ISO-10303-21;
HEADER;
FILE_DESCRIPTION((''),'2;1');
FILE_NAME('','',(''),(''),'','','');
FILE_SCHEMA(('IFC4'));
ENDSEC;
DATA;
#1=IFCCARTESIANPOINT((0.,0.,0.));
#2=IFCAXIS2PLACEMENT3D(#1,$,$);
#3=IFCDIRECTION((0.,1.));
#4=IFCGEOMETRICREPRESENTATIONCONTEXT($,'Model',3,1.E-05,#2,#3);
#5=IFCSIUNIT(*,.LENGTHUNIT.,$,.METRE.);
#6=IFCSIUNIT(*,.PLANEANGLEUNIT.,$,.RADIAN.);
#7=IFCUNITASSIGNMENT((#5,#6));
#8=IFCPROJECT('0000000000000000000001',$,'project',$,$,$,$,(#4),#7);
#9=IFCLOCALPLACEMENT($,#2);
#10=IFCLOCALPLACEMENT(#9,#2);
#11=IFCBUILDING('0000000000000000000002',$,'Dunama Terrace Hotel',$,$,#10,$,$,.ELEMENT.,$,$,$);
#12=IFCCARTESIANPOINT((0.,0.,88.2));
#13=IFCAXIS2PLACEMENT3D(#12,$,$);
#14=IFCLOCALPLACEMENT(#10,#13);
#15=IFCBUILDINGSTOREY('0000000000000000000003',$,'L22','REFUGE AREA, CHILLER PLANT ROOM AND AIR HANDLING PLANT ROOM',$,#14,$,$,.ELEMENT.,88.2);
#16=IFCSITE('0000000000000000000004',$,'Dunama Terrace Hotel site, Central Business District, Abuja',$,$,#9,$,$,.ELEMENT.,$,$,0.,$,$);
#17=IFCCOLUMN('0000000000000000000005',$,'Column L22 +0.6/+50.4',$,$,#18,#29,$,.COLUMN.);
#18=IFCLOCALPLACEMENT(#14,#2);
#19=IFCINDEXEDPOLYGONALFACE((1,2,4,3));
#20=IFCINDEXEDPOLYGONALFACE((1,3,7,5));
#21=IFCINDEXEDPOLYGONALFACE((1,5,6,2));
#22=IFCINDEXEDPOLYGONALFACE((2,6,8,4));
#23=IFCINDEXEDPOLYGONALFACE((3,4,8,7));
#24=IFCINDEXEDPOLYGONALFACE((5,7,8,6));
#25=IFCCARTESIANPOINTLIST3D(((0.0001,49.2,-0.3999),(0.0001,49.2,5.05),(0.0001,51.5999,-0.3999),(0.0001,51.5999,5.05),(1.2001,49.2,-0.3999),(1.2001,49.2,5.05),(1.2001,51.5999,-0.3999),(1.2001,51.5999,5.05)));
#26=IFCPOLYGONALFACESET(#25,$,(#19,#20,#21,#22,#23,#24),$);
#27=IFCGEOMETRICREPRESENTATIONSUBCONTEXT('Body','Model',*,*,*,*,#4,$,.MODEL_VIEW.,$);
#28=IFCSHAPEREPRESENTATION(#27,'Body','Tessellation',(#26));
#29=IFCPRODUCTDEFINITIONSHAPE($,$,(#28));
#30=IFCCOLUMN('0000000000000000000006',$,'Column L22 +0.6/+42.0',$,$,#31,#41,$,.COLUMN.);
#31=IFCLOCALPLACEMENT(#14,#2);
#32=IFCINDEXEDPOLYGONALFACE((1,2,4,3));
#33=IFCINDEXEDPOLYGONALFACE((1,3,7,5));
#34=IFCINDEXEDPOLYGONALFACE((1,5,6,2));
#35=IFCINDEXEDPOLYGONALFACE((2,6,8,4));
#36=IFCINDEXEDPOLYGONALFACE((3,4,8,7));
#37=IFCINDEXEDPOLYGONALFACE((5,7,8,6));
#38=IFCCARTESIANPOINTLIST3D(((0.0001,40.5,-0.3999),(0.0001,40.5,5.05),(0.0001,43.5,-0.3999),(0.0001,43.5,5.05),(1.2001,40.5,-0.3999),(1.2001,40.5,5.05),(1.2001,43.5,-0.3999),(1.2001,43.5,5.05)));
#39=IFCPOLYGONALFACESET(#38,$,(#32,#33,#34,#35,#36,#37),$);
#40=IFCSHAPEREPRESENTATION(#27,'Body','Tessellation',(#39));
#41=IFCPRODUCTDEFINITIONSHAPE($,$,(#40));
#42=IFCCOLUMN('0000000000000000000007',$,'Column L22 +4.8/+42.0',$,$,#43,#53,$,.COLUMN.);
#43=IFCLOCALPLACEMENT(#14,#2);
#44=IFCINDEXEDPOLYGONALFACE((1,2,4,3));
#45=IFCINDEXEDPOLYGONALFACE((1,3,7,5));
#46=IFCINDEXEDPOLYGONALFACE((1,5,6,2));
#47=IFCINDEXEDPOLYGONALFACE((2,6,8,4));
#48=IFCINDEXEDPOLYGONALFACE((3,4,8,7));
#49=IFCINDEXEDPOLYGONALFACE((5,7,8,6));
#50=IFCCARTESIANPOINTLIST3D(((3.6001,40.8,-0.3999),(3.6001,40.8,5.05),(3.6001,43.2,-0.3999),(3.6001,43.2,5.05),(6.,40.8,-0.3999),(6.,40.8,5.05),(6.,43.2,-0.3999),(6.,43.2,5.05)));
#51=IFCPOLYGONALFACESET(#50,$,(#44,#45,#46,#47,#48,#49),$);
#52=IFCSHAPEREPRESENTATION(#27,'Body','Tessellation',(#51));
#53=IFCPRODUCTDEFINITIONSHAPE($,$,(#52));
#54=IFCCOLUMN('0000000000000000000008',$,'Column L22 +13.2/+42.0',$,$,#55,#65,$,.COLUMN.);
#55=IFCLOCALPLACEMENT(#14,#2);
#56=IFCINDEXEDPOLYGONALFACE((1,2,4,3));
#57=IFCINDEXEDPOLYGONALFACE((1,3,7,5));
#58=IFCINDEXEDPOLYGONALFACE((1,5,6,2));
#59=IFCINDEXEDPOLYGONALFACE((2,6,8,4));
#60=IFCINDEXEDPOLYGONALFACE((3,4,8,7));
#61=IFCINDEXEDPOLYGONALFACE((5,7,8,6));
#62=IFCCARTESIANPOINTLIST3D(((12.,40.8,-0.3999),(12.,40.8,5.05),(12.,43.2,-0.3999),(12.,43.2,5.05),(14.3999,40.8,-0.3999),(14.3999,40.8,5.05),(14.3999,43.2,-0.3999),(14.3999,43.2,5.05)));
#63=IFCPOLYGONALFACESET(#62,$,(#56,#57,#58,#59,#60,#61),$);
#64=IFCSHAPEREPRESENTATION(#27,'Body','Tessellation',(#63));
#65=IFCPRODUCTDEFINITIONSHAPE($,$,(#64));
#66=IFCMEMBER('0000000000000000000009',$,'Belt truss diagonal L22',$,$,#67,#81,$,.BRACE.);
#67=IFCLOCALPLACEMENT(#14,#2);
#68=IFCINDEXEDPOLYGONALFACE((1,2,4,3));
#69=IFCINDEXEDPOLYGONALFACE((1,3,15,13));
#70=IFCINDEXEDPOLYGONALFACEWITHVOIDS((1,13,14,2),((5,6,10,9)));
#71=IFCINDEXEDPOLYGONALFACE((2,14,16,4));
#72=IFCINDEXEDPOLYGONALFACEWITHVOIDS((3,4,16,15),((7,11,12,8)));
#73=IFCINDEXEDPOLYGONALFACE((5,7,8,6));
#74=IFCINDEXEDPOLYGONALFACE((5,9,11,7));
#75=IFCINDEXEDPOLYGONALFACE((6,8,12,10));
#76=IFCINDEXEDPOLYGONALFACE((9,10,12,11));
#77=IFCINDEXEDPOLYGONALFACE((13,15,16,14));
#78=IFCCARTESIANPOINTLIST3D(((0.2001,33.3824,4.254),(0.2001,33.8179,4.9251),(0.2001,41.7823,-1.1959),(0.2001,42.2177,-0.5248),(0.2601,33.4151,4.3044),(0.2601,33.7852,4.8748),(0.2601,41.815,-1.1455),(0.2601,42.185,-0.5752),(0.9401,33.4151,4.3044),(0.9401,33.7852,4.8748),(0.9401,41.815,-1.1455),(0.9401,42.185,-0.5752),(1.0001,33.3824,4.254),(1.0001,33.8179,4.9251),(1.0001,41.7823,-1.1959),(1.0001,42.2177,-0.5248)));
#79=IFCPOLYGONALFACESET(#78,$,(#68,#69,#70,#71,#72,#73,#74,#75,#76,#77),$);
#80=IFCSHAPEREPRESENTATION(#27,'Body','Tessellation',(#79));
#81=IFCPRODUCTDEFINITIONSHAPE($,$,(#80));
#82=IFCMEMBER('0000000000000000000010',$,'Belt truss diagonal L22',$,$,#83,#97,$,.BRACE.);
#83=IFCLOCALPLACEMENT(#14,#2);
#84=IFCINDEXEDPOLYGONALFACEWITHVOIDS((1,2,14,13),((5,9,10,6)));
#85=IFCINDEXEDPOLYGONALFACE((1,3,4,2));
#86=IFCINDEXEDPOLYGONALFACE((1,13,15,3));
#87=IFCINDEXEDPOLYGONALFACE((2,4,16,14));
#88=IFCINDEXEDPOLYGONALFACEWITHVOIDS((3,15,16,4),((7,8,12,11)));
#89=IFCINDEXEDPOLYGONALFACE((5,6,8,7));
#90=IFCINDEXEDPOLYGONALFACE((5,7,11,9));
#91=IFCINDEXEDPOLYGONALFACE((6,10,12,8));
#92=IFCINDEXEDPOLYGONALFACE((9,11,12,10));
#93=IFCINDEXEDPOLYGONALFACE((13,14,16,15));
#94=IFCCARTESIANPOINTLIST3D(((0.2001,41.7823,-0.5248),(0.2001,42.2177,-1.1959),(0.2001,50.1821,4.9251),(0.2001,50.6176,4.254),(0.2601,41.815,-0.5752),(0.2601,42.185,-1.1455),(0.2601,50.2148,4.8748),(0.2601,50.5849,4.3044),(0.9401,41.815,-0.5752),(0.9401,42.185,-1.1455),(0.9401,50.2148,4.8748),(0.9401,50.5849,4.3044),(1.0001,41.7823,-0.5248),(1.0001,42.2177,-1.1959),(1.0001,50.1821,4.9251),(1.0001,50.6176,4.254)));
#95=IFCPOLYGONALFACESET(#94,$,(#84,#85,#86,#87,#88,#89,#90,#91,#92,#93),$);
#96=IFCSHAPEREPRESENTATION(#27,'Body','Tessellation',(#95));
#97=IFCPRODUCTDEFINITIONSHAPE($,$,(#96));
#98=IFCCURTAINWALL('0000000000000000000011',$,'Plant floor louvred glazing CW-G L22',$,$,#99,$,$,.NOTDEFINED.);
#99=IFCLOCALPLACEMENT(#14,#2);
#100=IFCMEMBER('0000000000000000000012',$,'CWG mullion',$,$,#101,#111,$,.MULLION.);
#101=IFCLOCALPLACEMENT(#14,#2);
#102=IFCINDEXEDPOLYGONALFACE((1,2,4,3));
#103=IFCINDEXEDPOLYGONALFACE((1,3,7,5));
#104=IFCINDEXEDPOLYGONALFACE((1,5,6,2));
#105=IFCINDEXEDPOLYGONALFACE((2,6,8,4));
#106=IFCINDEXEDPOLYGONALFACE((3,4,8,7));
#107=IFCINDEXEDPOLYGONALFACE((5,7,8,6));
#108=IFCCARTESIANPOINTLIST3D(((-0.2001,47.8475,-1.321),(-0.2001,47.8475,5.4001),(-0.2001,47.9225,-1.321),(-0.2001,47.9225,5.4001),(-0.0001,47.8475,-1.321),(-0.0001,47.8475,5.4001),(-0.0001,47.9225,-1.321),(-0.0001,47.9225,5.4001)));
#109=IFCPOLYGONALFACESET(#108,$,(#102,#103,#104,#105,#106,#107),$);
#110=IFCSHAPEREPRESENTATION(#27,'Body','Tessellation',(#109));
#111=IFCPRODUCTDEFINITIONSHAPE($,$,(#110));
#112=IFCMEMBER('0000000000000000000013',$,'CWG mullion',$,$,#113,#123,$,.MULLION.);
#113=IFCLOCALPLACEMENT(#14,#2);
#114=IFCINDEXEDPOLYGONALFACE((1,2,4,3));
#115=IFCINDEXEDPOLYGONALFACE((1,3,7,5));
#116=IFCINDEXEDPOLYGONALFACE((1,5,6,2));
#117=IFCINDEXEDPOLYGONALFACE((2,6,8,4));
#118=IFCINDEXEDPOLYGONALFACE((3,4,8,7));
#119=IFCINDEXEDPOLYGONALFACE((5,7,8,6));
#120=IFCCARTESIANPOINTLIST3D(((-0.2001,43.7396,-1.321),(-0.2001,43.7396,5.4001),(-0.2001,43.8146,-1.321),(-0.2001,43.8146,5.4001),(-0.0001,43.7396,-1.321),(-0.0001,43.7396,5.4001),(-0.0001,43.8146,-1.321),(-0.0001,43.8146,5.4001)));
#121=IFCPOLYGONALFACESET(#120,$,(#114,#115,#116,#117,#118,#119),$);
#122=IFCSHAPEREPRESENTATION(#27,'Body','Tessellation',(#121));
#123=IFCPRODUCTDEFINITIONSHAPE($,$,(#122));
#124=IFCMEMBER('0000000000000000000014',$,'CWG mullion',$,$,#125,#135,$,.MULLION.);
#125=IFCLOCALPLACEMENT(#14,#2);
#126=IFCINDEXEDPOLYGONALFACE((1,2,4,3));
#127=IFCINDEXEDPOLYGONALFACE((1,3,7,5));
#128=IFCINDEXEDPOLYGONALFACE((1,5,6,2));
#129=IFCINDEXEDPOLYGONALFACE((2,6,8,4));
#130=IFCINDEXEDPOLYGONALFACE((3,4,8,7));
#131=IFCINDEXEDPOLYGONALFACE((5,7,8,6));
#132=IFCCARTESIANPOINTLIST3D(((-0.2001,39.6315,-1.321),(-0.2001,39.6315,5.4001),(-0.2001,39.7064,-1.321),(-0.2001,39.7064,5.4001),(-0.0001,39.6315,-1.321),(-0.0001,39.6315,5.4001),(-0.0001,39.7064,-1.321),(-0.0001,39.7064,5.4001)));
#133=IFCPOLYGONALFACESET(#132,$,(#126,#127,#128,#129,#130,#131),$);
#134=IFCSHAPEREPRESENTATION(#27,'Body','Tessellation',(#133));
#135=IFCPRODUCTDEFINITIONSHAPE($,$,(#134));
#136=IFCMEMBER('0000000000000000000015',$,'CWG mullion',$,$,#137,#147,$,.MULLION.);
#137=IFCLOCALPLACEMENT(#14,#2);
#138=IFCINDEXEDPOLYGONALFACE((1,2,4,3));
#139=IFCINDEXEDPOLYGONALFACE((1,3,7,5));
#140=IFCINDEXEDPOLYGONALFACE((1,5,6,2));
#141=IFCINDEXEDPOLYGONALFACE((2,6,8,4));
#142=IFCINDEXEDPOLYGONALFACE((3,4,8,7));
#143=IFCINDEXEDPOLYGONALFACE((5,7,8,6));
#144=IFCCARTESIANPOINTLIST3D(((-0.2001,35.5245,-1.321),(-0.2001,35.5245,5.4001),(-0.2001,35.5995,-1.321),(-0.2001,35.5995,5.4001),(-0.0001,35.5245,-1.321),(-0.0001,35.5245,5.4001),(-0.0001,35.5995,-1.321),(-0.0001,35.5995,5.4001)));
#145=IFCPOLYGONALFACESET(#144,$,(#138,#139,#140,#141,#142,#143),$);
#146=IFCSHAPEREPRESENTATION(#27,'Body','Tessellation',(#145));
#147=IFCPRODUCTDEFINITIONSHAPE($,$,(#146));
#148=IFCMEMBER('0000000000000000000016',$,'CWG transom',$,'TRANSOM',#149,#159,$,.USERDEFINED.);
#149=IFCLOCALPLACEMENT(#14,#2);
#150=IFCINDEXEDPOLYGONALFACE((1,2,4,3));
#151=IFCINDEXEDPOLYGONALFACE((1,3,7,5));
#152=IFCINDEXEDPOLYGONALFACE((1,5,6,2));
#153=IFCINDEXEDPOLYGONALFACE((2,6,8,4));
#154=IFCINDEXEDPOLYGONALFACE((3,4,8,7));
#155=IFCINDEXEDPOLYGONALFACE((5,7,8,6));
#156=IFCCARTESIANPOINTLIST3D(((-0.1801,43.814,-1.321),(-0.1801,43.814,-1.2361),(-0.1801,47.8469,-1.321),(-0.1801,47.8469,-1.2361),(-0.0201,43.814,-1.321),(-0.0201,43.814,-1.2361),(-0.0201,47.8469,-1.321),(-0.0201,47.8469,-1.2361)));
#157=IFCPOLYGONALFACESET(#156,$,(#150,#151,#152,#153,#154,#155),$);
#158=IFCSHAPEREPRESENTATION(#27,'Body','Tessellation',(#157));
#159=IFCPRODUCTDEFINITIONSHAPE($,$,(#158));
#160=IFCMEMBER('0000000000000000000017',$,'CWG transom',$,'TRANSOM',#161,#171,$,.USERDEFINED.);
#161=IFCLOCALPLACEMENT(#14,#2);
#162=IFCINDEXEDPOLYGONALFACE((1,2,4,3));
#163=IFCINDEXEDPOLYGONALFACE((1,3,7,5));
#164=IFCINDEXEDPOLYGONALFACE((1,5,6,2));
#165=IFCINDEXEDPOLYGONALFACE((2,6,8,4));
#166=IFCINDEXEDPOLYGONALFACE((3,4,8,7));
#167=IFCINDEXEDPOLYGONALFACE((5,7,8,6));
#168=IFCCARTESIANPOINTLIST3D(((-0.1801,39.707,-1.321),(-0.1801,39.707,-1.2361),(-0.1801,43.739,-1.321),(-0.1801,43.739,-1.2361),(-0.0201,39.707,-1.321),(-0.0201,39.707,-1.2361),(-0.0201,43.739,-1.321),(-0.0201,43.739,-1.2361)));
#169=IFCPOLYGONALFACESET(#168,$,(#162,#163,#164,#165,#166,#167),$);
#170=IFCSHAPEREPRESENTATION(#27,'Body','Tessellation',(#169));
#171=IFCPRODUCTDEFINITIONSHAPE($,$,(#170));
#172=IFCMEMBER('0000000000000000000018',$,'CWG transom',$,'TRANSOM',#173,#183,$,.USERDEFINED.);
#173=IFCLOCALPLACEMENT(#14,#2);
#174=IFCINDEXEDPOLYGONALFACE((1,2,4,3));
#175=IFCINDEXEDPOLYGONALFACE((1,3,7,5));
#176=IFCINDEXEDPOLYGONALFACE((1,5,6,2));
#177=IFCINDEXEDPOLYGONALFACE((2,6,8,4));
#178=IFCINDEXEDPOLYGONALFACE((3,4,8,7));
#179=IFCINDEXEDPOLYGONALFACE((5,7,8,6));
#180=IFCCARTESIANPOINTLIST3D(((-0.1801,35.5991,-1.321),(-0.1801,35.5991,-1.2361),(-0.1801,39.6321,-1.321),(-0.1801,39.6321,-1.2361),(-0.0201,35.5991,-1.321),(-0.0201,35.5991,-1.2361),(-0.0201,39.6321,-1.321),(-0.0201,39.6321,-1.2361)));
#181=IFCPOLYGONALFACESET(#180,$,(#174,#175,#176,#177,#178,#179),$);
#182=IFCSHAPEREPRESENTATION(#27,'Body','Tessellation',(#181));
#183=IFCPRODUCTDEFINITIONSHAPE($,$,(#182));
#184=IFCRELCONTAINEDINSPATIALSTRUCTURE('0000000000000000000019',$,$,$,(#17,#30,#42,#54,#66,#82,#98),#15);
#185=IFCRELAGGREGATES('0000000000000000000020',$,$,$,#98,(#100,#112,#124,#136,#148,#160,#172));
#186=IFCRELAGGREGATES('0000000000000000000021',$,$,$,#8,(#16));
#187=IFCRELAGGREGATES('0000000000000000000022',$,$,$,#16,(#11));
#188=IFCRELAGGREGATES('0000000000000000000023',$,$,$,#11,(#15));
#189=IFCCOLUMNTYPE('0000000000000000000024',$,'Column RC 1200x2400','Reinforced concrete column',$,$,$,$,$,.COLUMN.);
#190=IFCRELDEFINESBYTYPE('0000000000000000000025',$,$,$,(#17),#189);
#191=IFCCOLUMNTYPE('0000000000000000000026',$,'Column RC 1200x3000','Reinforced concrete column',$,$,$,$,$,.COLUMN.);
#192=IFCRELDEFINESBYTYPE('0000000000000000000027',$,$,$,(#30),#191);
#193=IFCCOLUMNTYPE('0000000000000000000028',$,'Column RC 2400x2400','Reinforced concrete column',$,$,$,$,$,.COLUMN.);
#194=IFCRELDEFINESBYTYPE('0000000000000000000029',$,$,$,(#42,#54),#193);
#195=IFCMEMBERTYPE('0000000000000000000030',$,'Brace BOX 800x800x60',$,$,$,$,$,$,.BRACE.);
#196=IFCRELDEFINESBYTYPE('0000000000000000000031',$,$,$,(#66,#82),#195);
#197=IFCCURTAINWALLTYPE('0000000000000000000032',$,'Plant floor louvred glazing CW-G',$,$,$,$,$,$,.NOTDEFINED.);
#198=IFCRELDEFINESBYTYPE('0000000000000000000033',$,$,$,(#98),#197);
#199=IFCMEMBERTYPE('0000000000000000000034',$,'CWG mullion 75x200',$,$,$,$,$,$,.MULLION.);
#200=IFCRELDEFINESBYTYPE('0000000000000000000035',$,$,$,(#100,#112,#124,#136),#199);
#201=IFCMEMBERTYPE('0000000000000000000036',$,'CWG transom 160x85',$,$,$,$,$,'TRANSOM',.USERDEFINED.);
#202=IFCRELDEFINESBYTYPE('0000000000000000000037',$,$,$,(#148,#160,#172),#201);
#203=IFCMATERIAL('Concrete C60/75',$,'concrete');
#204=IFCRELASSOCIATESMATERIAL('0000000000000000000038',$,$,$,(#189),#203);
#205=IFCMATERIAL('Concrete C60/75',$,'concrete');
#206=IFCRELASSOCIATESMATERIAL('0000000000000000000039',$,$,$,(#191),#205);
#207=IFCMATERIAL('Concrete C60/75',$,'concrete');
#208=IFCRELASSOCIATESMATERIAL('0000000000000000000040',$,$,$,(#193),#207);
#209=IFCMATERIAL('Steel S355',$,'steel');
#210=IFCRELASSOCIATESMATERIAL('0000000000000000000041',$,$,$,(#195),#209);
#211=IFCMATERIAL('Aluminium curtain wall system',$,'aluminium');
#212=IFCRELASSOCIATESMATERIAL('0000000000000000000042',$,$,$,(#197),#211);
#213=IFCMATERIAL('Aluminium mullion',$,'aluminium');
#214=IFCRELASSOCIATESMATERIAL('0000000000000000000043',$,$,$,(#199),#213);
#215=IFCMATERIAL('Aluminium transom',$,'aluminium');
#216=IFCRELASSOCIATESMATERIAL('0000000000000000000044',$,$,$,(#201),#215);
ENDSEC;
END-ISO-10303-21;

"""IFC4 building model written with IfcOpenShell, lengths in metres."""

from ifc_helpers import new_model, si_unit, direction, frame, origin, origin_2d, place, context, subcontext, project, spatial, rectangle, hollow_rectangle, extrude, material, material_profile, profile_set, type_object, element, aggregate, save


model = new_model("IFC4")

# Units and contexts
model_context = context("Model", 3, precision=1e-05, world=origin(), true_north=direction((0.0, 1.0)))
body_context = subcontext(model_context, "Body", "Model", "MODEL_VIEW")
ifc_project = project(units=[si_unit("LENGTHUNIT", "METRE"), si_unit("PLANEANGLEUNIT", "RADIAN")], contexts=[model_context])

# Site, building, storey
site_placement = place(None, origin())
site = spatial("IfcSite", under=ifc_project, at=site_placement, Name="Dunama Terrace Hotel site, Central Business District, Abuja", CompositionType="ELEMENT", RefElevation=0.0)
building_placement = place(site_placement, origin())
building = spatial("IfcBuilding", under=site, at=building_placement, Name="Dunama Terrace Hotel", CompositionType="ELEMENT")
storey_placement = place(building_placement, frame((0.0, 0.0, 88.2)))
storey = spatial("IfcBuildingStorey", under=building, at=storey_placement, Name="L22", Description="REFUGE AREA, CHILLER PLANT ROOM AND AIR HANDLING PLANT ROOM", CompositionType="ELEMENT", Elevation=88.2)

# Columns
ifc_material_1 = material(Name="Concrete C60/75", Category="concrete")
ifc_material_profile_1 = material_profile(ifc_material_1, rectangle(XDim=1.2, YDim=2.3999, at=origin_2d()), Name="RC 1200x2400")
ifc_profile_set_1 = profile_set([ifc_material_profile_1], Name="Concrete C60/75")
column_type_1 = type_object("IfcColumnType", Name="Column RC 1200x2400", Description="Reinforced concrete column", PredefinedType="COLUMN", material=ifc_profile_set_1)
column_1_placement = place(storey_placement, frame((0.6001, 50.3999, -0.3999), z_axis=(0.0, 0.0, 1.0), x_axis=(1.0, 0.0, 0.0)))
element("IfcColumn", 1, at=column_1_placement, inside=storey, type_object=column_type_1, Name="Column L22 +0.6/+50.4", PredefinedType="COLUMN", context=body_context, shape_type="SweptSolid", body=[
    extrude(rectangle(XDim=1.2, YDim=2.3999, at=origin_2d()), origin(), (0.0, 0.0, 1.0), 5.45),
])
ifc_material_2 = material(Name="Concrete C60/75", Category="concrete")
ifc_material_profile_2 = material_profile(ifc_material_2, rectangle(XDim=1.2, YDim=3.0, at=origin_2d()), Name="RC 1200x3000")
ifc_profile_set_2 = profile_set([ifc_material_profile_2], Name="Concrete C60/75")
column_type_2 = type_object("IfcColumnType", Name="Column RC 1200x3000", Description="Reinforced concrete column", PredefinedType="COLUMN", material=ifc_profile_set_2)
column_2_placement = place(storey_placement, frame((0.6001, 42.0, -0.3999), z_axis=(0.0, 0.0, 1.0), x_axis=(1.0, 0.0, 0.0)))
element("IfcColumn", 2, at=column_2_placement, inside=storey, type_object=column_type_2, Name="Column L22 +0.6/+42.0", PredefinedType="COLUMN", context=body_context, shape_type="SweptSolid", body=[
    extrude(rectangle(XDim=1.2, YDim=3.0, at=origin_2d()), origin(), (0.0, 0.0, 1.0), 5.45),
])
ifc_material_3 = material(Name="Concrete C60/75", Category="concrete")
ifc_material_profile_3 = material_profile(ifc_material_3, rectangle(XDim=2.3999, YDim=2.3999, at=origin_2d()), Name="RC 2400x2400")
ifc_profile_set_3 = profile_set([ifc_material_profile_3], Name="Concrete C60/75")
column_type_3 = type_object("IfcColumnType", Name="Column RC 2400x2400", Description="Reinforced concrete column", PredefinedType="COLUMN", material=ifc_profile_set_3)
for number, where, z_axis, x_axis, name in (
    (3, (4.8, 42.0, -0.3999), (0.0, 0.0, 1.0), (1.0, 0.0, 0.0), "Column L22 +4.8/+42.0"),
    (4, (13.2, 42.0, -0.3999), (0.0, 0.0, 1.0), (1.0, 0.0, 0.0), "Column L22 +13.2/+42.0"),
):
    element("IfcColumn", number, at=place(storey_placement, frame(where, z_axis=z_axis, x_axis=x_axis)), inside=storey, type_object=column_type_3, Name=name, PredefinedType="COLUMN", context=body_context, shape_type="SweptSolid", body=[
        extrude(rectangle(XDim=2.3999, YDim=2.3999, at=origin_2d()), origin(), (0.0, 0.0, 1.0), 5.45),
    ])

# Members
ifc_material_4 = material(Name="Steel S355", Category="steel")
ifc_material_profile_4 = material_profile(ifc_material_4, hollow_rectangle(XDim=0.8, YDim=0.8, WallThickness=0.0601, at=origin_2d()), Name="BOX 800x800x60")
ifc_profile_set_4 = profile_set([ifc_material_profile_4], Name="Steel S355")
member_type_1 = type_object("IfcMemberType", Name="Brace BOX 800x800x60", PredefinedType="BRACE", material=ifc_profile_set_4)
for number, where, z_axis, x_axis, name in (
    (5, (0.6001, 42.0, -0.8604), (0.0, -0.838899, 0.544287), (1.0, 0.0, 0.0), "Belt truss diagonal L22"),
    (6, (0.6001, 42.0, -0.8604), (0.0, 0.838899, 0.544287), (-1.0, 0.0, 0.0), "Belt truss diagonal L22"),
):
    element("IfcMember", number, at=place(storey_placement, frame(where, z_axis=z_axis, x_axis=x_axis)), inside=storey, type_object=member_type_1, Name=name, PredefinedType="BRACE", context=body_context, shape_type="SweptSolid", body=[
        extrude(hollow_rectangle(XDim=0.8, YDim=0.8, WallThickness=0.0601, at=origin_2d()), origin(), (0.0, 0.0, 1.0), 10.0129),
    ])

# Curtain wall, members
ifc_material_5 = material(Name="Aluminium curtain wall system", Category="aluminium")
curtain_wall_type = type_object("IfcCurtainWallType", Name="Plant floor louvred glazing CW-G", PredefinedType="NOTDEFINED", material=ifc_material_5)
curtain_wall_placement = place(storey_placement, origin())
curtain_wall = element("IfcCurtainWall", 7, at=curtain_wall_placement, inside=storey, type_object=curtain_wall_type, Name="Plant floor louvred glazing CW-G L22", PredefinedType="NOTDEFINED")
ifc_material_6 = material(Name="Aluminium mullion", Category="aluminium")
ifc_material_profile_5 = material_profile(ifc_material_6, rectangle(XDim=0.075, YDim=0.2, at=origin_2d()), Name="CWG MULLION 75X200")
ifc_profile_set_5 = profile_set([ifc_material_profile_5], Name="Aluminium mullion")
member_type_2 = type_object("IfcMemberType", Name="CWG mullion 75x200", PredefinedType="MULLION", material=ifc_profile_set_5)
member_1_placement = place(storey_placement, frame((-0.1001, 47.885, -1.321), z_axis=(0.0, 0.0, 1.0), x_axis=(0.0, -1.0, 0.0)))
member_1 = element("IfcMember", 8, at=member_1_placement, type_object=member_type_2, Name="CWG mullion", PredefinedType="MULLION", context=body_context, shape_type="SweptSolid", body=[
    extrude(rectangle(XDim=0.075, YDim=0.2, at=origin_2d()), origin(), (0.0, 0.0, 1.0), 6.7212),
])
member_2_placement = place(storey_placement, frame((-0.1001, 43.7771, -1.321), z_axis=(0.0, 0.0, 1.0), x_axis=(0.0, -1.0, 0.0)))
member_2 = element("IfcMember", 9, at=member_2_placement, type_object=member_type_2, Name="CWG mullion", PredefinedType="MULLION", context=body_context, shape_type="SweptSolid", body=[
    extrude(rectangle(XDim=0.075, YDim=0.2, at=origin_2d()), origin(), (0.0, 0.0, 1.0), 6.7212),
])
member_3_placement = place(storey_placement, frame((-0.1001, 39.6689, -1.321), z_axis=(0.0, 0.0, 1.0), x_axis=(0.0, -1.0, 0.0)))
member_3 = element("IfcMember", 10, at=member_3_placement, type_object=member_type_2, Name="CWG mullion", PredefinedType="MULLION", context=body_context, shape_type="SweptSolid", body=[
    extrude(rectangle(XDim=0.075, YDim=0.2, at=origin_2d()), origin(), (0.0, 0.0, 1.0), 6.7212),
])
member_4_placement = place(storey_placement, frame((-0.1001, 35.562, -1.321), z_axis=(0.0, 0.0, 1.0), x_axis=(0.0, -1.0, 0.0)))
member_4 = element("IfcMember", 11, at=member_4_placement, type_object=member_type_2, Name="CWG mullion", PredefinedType="MULLION", context=body_context, shape_type="SweptSolid", body=[
    extrude(rectangle(XDim=0.075, YDim=0.2, at=origin_2d()), origin(), (0.0, 0.0, 1.0), 6.7212),
])
ifc_material_7 = material(Name="Aluminium transom", Category="aluminium")
ifc_material_profile_6 = material_profile(ifc_material_7, rectangle(XDim=0.1599, YDim=0.085, at=origin_2d()), Name="CWG TRANSOM 160X85")
ifc_profile_set_6 = profile_set([ifc_material_profile_6], Name="Aluminium transom")
member_type_3 = type_object("IfcMemberType", Name="CWG transom 160x85", ElementType="TRANSOM", PredefinedType="USERDEFINED", material=ifc_profile_set_6)
member_5_placement = place(storey_placement, frame((-0.1001, 47.8469, -1.2786), z_axis=(0.0, -1.0, 0.0), x_axis=(1.0, 0.0, 0.0)))
member_5 = element("IfcMember", 12, at=member_5_placement, type_object=member_type_3, Name="CWG transom", ObjectType="TRANSOM", PredefinedType="USERDEFINED", context=body_context, shape_type="SweptSolid", body=[
    extrude(rectangle(XDim=0.1599, YDim=0.085, at=origin_2d()), origin(), (0.0, 0.0, 1.0), 4.033),
])
member_6_placement = place(storey_placement, frame((-0.1001, 43.739, -1.2786), z_axis=(0.0, -1.0, 0.0), x_axis=(1.0, 0.0, 0.0)))
member_6 = element("IfcMember", 13, at=member_6_placement, type_object=member_type_3, Name="CWG transom", ObjectType="TRANSOM", PredefinedType="USERDEFINED", context=body_context, shape_type="SweptSolid", body=[
    extrude(rectangle(XDim=0.1599, YDim=0.085, at=origin_2d()), origin(), (0.0, 0.0, 1.0), 4.032),
])
member_7_placement = place(storey_placement, frame((-0.1001, 39.6321, -1.2786), z_axis=(0.0, -1.0, 0.0), x_axis=(1.0, 0.0, 0.0)))
member_7 = element("IfcMember", 14, at=member_7_placement, type_object=member_type_3, Name="CWG transom", ObjectType="TRANSOM", PredefinedType="USERDEFINED", context=body_context, shape_type="SweptSolid", body=[
    extrude(rectangle(XDim=0.1599, YDim=0.085, at=origin_2d()), origin(), (0.0, 0.0, 1.0), 4.033),
])

aggregate(curtain_wall, [member_1, member_2, member_3, member_4, member_5, member_6, member_7])

save(model, "model.ifc")
